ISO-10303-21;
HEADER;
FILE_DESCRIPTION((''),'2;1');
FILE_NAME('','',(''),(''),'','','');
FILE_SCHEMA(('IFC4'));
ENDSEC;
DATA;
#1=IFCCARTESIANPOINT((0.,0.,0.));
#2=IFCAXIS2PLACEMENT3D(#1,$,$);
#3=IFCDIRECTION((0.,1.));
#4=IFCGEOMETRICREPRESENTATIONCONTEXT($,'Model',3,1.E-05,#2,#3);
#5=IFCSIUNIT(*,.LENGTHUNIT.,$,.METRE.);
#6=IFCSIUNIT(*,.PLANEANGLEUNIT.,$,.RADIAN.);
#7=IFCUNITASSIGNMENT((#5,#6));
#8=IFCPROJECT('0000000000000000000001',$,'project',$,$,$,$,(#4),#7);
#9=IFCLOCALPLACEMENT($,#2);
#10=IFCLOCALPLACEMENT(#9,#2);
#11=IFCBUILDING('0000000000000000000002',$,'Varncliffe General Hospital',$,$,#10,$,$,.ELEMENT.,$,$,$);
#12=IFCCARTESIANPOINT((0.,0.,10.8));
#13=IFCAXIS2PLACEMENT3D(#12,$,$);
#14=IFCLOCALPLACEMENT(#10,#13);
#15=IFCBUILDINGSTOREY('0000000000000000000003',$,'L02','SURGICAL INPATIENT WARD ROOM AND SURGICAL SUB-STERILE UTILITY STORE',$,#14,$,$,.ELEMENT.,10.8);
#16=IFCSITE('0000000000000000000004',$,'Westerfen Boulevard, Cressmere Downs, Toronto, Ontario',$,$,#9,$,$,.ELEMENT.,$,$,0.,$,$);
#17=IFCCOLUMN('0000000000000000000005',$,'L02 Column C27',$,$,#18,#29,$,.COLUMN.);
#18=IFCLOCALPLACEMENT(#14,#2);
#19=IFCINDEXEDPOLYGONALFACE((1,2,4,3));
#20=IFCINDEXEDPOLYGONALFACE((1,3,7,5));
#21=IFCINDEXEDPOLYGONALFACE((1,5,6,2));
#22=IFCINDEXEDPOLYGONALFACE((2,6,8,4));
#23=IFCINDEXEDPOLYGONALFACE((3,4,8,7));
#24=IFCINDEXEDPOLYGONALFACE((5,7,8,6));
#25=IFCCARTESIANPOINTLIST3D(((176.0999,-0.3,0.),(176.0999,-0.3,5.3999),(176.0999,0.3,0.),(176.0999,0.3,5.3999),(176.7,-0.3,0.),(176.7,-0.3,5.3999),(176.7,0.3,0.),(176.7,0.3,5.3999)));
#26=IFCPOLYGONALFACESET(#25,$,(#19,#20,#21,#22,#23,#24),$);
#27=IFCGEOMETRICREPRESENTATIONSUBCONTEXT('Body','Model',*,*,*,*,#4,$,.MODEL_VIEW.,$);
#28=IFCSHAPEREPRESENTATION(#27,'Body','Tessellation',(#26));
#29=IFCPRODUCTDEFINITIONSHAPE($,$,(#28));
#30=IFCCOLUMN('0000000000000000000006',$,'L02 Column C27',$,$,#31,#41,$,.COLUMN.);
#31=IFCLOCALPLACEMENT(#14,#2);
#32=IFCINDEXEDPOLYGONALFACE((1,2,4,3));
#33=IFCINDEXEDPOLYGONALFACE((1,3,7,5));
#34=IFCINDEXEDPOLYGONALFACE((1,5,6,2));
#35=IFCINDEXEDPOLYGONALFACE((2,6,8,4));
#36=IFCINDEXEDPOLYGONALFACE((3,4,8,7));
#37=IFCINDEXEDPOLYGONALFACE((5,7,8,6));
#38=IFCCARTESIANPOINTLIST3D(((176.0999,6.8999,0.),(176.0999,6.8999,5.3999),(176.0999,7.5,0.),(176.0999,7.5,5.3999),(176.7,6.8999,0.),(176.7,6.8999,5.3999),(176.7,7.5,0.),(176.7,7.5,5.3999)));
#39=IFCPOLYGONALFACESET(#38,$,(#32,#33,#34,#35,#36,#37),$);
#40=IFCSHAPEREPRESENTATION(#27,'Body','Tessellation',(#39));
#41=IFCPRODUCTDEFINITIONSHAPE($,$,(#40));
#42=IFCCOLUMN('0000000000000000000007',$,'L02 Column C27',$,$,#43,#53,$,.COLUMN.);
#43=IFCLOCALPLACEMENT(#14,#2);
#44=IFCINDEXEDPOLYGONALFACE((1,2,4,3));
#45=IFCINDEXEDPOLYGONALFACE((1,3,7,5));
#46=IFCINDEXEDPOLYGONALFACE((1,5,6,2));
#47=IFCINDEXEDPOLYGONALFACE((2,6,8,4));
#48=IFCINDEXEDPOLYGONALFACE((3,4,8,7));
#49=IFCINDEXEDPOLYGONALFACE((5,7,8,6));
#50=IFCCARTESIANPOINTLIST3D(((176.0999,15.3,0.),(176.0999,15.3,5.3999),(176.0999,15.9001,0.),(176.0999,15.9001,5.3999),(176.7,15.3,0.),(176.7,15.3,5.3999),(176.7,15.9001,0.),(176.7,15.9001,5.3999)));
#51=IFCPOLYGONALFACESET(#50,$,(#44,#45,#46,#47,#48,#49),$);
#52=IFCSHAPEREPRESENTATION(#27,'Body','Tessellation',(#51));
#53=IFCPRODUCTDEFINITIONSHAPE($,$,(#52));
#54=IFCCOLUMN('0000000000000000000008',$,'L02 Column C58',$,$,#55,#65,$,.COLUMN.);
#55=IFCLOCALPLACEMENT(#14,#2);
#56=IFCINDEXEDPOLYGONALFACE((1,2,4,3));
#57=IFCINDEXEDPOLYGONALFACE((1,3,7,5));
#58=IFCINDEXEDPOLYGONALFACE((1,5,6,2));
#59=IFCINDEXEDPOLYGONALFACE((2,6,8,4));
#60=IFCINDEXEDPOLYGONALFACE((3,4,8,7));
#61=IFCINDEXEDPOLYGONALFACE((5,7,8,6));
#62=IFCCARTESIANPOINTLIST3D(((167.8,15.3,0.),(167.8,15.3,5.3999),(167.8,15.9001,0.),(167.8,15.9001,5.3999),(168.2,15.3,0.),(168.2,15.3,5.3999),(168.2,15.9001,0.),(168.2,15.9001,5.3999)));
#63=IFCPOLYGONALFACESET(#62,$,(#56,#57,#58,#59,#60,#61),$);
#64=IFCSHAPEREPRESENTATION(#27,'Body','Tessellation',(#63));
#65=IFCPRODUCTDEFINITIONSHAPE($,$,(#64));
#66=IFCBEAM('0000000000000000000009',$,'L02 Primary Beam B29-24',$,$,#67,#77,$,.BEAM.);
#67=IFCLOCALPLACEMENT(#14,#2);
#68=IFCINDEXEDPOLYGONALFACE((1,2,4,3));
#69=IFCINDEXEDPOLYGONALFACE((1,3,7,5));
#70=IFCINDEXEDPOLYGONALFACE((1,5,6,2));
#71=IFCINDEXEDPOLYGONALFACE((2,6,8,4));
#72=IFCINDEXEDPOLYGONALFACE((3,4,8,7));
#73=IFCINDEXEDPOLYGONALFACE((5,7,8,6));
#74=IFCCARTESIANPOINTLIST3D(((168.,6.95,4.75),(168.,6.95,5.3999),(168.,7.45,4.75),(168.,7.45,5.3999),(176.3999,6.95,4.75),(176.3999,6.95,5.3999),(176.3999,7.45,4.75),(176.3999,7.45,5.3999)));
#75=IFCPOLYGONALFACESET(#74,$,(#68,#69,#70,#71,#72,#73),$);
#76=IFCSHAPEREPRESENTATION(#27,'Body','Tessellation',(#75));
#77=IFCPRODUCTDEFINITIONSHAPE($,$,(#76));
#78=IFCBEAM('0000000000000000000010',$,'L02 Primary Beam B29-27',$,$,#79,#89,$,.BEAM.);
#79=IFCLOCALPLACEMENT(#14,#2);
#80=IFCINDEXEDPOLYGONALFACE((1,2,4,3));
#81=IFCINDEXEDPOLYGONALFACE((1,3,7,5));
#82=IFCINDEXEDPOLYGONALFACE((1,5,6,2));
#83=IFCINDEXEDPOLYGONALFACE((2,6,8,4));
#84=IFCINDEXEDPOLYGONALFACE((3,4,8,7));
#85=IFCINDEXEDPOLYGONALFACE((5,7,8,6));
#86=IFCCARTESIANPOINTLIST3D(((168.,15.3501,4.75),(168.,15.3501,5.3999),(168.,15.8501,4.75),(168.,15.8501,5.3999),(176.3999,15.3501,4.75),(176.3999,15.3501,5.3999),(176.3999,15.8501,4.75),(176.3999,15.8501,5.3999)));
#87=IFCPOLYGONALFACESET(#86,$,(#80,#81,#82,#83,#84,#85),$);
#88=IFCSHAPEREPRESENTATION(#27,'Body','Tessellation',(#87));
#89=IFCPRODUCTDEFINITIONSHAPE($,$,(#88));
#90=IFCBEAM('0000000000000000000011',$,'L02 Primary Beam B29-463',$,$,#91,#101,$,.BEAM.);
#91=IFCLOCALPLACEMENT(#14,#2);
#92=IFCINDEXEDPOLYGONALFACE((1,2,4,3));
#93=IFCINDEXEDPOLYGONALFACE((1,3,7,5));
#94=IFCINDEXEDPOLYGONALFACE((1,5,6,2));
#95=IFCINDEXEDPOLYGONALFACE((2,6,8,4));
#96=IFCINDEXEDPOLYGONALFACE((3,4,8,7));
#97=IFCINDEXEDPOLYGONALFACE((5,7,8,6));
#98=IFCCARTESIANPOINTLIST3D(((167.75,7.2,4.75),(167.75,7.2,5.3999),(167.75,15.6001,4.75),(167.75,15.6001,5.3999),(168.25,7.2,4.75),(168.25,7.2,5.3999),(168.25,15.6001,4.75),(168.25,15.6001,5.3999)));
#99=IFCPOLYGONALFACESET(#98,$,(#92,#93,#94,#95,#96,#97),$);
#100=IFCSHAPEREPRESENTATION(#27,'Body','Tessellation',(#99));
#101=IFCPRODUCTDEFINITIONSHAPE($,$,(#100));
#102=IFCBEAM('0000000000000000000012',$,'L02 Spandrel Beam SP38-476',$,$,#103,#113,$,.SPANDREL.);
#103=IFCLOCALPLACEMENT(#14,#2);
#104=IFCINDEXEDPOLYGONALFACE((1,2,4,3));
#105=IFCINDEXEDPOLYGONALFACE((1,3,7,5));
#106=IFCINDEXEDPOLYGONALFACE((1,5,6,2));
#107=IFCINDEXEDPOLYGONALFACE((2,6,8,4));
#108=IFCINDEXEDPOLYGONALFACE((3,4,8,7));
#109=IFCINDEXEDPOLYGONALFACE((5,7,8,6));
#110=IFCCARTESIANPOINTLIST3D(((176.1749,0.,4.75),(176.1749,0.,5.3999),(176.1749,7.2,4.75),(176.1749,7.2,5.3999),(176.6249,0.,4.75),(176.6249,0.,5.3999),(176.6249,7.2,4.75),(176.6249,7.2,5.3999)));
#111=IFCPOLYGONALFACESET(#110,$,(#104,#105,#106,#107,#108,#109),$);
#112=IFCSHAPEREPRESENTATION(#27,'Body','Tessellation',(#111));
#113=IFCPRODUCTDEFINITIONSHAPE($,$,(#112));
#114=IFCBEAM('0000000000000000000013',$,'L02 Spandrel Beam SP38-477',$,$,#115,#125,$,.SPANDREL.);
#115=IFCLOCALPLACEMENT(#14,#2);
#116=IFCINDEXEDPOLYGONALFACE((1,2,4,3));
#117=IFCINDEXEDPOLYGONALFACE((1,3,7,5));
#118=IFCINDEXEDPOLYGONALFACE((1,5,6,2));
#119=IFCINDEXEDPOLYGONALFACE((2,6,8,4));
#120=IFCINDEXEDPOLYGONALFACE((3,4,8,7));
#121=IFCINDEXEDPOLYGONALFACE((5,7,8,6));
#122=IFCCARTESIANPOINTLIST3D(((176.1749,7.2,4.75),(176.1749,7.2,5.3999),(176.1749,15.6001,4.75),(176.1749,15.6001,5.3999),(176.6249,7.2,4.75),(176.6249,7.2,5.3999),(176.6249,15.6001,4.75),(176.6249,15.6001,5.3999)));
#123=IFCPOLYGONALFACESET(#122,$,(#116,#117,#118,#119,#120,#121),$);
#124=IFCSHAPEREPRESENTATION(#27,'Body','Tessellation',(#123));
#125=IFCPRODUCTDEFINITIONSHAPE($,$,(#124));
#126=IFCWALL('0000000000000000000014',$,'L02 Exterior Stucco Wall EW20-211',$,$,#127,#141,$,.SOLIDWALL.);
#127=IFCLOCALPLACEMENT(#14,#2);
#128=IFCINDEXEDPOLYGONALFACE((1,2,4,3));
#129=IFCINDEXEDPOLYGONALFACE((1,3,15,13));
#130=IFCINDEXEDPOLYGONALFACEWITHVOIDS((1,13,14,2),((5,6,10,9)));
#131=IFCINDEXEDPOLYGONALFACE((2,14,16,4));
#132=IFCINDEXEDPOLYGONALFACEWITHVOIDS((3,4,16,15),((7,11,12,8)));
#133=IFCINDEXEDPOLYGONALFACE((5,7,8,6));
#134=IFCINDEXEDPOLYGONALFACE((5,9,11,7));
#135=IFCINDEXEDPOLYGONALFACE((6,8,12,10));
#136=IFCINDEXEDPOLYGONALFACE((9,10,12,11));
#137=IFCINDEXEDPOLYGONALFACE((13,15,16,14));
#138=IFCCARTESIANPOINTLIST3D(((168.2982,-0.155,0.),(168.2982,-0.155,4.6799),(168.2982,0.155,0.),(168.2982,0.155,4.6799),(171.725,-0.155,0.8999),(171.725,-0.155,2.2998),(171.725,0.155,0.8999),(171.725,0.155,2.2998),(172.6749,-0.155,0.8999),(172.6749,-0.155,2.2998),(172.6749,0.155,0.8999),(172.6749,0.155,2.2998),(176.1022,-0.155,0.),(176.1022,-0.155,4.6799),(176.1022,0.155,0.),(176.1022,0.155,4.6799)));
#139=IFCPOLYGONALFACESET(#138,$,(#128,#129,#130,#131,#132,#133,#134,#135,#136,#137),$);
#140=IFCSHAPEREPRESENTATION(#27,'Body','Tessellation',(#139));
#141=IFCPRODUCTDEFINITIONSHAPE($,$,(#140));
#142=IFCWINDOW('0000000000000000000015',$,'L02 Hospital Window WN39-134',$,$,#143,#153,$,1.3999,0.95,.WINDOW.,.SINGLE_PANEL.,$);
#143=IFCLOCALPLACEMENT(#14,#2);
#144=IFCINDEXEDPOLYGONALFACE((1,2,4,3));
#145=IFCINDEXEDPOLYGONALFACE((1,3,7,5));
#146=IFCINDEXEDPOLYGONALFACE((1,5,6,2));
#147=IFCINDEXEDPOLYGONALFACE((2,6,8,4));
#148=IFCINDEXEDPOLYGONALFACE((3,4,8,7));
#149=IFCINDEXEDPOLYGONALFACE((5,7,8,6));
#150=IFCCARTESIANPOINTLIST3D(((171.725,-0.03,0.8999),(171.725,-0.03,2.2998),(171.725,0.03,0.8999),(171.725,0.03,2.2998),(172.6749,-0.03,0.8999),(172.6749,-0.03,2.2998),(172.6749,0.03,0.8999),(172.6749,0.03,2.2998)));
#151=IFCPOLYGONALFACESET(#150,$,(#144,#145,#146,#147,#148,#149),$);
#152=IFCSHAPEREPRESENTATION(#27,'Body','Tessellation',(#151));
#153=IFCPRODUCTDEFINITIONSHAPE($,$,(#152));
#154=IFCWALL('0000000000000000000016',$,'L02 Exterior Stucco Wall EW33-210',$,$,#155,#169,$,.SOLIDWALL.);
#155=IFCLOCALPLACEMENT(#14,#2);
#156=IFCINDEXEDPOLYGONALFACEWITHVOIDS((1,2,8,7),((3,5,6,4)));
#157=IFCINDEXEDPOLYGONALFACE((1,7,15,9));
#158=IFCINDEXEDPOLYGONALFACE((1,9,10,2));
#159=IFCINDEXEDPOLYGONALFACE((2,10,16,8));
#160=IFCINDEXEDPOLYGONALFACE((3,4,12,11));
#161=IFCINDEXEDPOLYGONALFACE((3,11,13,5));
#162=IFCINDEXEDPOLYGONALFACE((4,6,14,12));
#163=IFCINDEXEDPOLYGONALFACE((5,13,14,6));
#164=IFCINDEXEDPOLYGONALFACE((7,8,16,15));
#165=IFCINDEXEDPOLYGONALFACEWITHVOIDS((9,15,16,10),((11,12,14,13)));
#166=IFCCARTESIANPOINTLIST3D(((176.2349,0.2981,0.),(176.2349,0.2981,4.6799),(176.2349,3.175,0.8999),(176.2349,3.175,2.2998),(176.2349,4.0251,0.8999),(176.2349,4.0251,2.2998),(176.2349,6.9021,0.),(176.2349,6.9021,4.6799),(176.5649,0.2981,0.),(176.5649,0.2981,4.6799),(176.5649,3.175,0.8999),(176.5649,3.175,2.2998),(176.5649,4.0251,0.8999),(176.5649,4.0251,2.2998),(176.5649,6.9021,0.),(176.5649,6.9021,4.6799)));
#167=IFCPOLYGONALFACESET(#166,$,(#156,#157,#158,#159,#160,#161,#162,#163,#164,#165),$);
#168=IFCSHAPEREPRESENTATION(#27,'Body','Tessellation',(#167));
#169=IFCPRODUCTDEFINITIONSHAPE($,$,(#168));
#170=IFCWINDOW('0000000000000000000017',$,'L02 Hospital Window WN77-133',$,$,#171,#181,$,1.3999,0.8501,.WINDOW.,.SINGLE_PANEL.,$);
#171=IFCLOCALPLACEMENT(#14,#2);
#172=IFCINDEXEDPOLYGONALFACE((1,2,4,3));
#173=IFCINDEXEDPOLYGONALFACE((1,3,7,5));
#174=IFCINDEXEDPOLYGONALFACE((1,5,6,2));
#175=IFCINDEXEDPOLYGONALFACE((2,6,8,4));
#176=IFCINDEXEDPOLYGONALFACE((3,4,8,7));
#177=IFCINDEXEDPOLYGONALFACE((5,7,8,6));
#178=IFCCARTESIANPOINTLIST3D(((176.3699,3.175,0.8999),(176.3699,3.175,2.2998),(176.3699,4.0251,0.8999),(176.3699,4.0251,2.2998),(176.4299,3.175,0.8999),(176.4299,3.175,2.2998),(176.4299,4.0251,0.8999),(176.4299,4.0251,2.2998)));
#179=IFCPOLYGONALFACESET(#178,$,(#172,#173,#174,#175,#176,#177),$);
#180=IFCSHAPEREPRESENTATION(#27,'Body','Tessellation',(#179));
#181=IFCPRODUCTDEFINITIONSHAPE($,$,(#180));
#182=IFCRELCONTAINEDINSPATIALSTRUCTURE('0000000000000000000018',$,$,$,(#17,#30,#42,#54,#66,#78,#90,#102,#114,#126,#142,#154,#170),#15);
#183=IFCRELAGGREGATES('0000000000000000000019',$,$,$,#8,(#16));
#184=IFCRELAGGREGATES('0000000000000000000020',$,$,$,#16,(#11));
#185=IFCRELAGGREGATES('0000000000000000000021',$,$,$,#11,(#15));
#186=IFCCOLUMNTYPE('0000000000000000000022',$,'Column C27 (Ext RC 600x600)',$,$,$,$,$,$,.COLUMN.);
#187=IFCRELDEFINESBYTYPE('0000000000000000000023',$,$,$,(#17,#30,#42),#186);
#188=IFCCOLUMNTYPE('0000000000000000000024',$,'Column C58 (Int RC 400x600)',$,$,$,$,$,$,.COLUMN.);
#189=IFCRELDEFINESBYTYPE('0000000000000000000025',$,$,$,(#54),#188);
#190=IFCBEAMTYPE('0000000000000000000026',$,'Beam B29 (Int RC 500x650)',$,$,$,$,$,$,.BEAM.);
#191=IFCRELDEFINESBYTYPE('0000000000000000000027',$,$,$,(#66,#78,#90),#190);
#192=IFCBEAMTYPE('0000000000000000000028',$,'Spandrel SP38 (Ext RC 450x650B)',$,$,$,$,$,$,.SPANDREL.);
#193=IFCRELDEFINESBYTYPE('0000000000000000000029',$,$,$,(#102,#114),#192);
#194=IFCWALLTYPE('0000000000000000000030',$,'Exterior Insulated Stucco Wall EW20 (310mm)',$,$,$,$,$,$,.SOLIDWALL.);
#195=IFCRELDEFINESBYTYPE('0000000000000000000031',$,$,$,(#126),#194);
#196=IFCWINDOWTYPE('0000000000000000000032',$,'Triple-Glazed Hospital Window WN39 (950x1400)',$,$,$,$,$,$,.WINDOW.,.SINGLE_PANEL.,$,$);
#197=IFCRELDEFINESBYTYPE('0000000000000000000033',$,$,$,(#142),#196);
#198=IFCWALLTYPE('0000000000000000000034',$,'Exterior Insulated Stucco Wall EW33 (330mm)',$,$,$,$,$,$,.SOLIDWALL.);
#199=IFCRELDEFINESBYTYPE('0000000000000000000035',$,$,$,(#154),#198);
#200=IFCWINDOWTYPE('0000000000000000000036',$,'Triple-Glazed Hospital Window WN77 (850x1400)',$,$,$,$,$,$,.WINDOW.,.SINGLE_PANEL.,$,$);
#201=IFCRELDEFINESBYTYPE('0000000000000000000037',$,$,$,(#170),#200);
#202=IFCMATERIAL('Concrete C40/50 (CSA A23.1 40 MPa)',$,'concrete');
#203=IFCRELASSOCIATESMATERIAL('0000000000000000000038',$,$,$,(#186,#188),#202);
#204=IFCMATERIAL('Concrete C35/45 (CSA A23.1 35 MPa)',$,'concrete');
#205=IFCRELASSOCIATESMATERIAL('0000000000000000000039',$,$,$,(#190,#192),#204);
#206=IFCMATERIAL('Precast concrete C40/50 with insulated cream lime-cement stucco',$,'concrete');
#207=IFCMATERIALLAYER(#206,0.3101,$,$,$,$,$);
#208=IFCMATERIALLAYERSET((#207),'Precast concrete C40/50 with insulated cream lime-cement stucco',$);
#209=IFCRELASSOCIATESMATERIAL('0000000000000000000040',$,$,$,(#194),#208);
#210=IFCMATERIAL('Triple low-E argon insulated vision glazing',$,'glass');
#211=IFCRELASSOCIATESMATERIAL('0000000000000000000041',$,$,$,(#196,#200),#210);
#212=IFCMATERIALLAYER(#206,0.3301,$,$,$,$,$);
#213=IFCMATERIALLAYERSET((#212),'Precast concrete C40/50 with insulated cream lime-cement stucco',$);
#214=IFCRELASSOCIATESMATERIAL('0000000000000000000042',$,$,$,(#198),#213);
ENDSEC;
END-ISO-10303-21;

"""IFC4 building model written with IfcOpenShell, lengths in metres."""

from ifc_helpers import new_model, si_unit, direction, frame, frame_2d, origin, origin_2d, place, context, subcontext, project, spatial, rectangle, extrude, material, layer, layer_set, material_profile, profile_set, type_object, element, fill, save


model = new_model("IFC4")

# Units and contexts
model_context = context("Model", 3, precision=1e-05, world=origin(), true_north=direction((0.0, 1.0)))
body_context = subcontext(model_context, "Body", "Model", "MODEL_VIEW")
ifc_project = project(units=[si_unit("LENGTHUNIT", "METRE"), si_unit("PLANEANGLEUNIT", "RADIAN")], contexts=[model_context])

# Site, building, storey
site_placement = place(None, origin())
site = spatial("IfcSite", under=ifc_project, at=site_placement, Name="Westerfen Boulevard, Cressmere Downs, Toronto, Ontario", CompositionType="ELEMENT", RefElevation=0.0)
building_placement = place(site_placement, origin())
building = spatial("IfcBuilding", under=site, at=building_placement, Name="Varncliffe General Hospital", CompositionType="ELEMENT")
storey_placement = place(building_placement, frame((0.0, 0.0, 10.8)))
storey = spatial("IfcBuildingStorey", under=building, at=storey_placement, Name="L02", Description="SURGICAL INPATIENT WARD ROOM AND SURGICAL SUB-STERILE UTILITY STORE", CompositionType="ELEMENT", Elevation=10.8)

# Columns
ifc_material_1 = material(Name="Concrete C40/50 (CSA A23.1 40 MPa)", Category="concrete")
ifc_material_profile_1 = material_profile(ifc_material_1, rectangle(XDim=0.6001, YDim=0.6001, at=origin_2d()), Name="RC 600x600")
ifc_profile_set_1 = profile_set([ifc_material_profile_1], Name="Concrete C40/50 (CSA A23.1 40 MPa)")
column_type_1 = type_object("IfcColumnType", Name="Column C27 (Ext RC 600x600)", PredefinedType="COLUMN", material=ifc_profile_set_1)
for number, where, z_axis, x_axis, name in (
    (1, (176.3999, 0.0, 0.0), (0.0, 0.0, 1.0), (1.0, 0.0, 0.0), "L02 Column C27"),
    (2, (176.3999, 7.2, 0.0), (0.0, 0.0, 1.0), (1.0, 0.0, 0.0), "L02 Column C27"),
    (3, (176.3999, 15.6001, 0.0), (0.0, 0.0, 1.0), (1.0, 0.0, 0.0), "L02 Column C27"),
):
    element("IfcColumn", number, at=place(storey_placement, frame(where, z_axis=z_axis, x_axis=x_axis)), inside=storey, type_object=column_type_1, Name=name, PredefinedType="COLUMN", context=body_context, shape_type="SweptSolid", body=[
        extrude(rectangle(XDim=0.6001, YDim=0.6001, at=origin_2d()), origin(), (0.0, 0.0, 1.0), 5.3999),
    ])
ifc_material_profile_2 = material_profile(ifc_material_1, rectangle(XDim=0.3999, YDim=0.6001, at=origin_2d()), Name="RC 400x600")
ifc_profile_set_2 = profile_set([ifc_material_profile_2], Name="Concrete C40/50 (CSA A23.1 40 MPa)")
column_type_2 = type_object("IfcColumnType", Name="Column C58 (Int RC 400x600)", PredefinedType="COLUMN", material=ifc_profile_set_2)
column_placement = place(storey_placement, frame((168.0, 15.6001, 0.0), z_axis=(0.0, 0.0, 1.0), x_axis=(1.0, 0.0, 0.0)))
element("IfcColumn", 4, at=column_placement, inside=storey, type_object=column_type_2, Name="L02 Column C58", PredefinedType="COLUMN", context=body_context, shape_type="SweptSolid", body=[
    extrude(rectangle(XDim=0.3999, YDim=0.6001, at=origin_2d()), origin(), (0.0, 0.0, 1.0), 5.3999),
])

# Beams
ifc_material_2 = material(Name="Concrete C35/45 (CSA A23.1 35 MPa)", Category="concrete")
ifc_material_profile_3 = material_profile(ifc_material_2, rectangle(XDim=0.5, YDim=0.6499, at=origin_2d()), Name="RC 500x650")
ifc_profile_set_3 = profile_set([ifc_material_profile_3], Name="Concrete C35/45 (CSA A23.1 35 MPa)")
beam_type_1 = type_object("IfcBeamType", Name="Beam B29 (Int RC 500x650)", PredefinedType="BEAM", material=ifc_profile_set_3)
for number, where, z_axis, x_axis, name in (
    (5, (168.0, 7.2, 5.075), (1.0, 0.0, 0.0), (0.0, 1.0, 0.0), "L02 Primary Beam B29-24"),
    (6, (168.0, 15.6001, 5.075), (1.0, 0.0, 0.0), (0.0, 1.0, 0.0), "L02 Primary Beam B29-27"),
):
    element("IfcBeam", number, at=place(storey_placement, frame(where, z_axis=z_axis, x_axis=x_axis)), inside=storey, type_object=beam_type_1, Name=name, PredefinedType="BEAM", context=body_context, shape_type="SweptSolid", body=[
        extrude(rectangle(XDim=0.5, YDim=0.6499, at=origin_2d()), origin(), (0.0, 0.0, 1.0), 8.3999),
    ])
beam_1_placement = place(storey_placement, frame((168.0, 7.2, 5.075), z_axis=(0.0, 1.0, 0.0), x_axis=(-1.0, 0.0, 0.0)))
element("IfcBeam", 7, at=beam_1_placement, inside=storey, type_object=beam_type_1, Name="L02 Primary Beam B29-463", PredefinedType="BEAM", context=body_context, shape_type="SweptSolid", body=[
    extrude(rectangle(XDim=0.5, YDim=0.6499, at=origin_2d()), origin(), (0.0, 0.0, 1.0), 8.4001),
])
ifc_material_profile_4 = material_profile(ifc_material_2, rectangle(XDim=0.45, YDim=0.6499, at=origin_2d()), Name="RC 450x650")
ifc_profile_set_4 = profile_set([ifc_material_profile_4], Name="Concrete C35/45 (CSA A23.1 35 MPa)")
beam_type_2 = type_object("IfcBeamType", Name="Spandrel SP38 (Ext RC 450x650B)", PredefinedType="SPANDREL", material=ifc_profile_set_4)
beam_2_placement = place(storey_placement, frame((176.3999, 0.0, 5.075), z_axis=(0.0, 1.0, 0.0), x_axis=(-1.0, 0.0, 0.0)))
element("IfcBeam", 8, at=beam_2_placement, inside=storey, type_object=beam_type_2, Name="L02 Spandrel Beam SP38-476", PredefinedType="SPANDREL", context=body_context, shape_type="SweptSolid", body=[
    extrude(rectangle(XDim=0.45, YDim=0.6499, at=origin_2d()), origin(), (0.0, 0.0, 1.0), 7.2),
])
beam_3_placement = place(storey_placement, frame((176.3999, 7.2, 5.075), z_axis=(0.0, 1.0, 0.0), x_axis=(-1.0, 0.0, 0.0)))
element("IfcBeam", 9, at=beam_3_placement, inside=storey, type_object=beam_type_2, Name="L02 Spandrel Beam SP38-477", PredefinedType="SPANDREL", context=body_context, shape_type="SweptSolid", body=[
    extrude(rectangle(XDim=0.45, YDim=0.6499, at=origin_2d()), origin(), (0.0, 0.0, 1.0), 8.4001),
])

# Walls, openings, windows
ifc_material_3 = material(Name="Precast concrete C40/50 with insulated cream lime-cement stucco", Category="concrete")
ifc_layer_1 = layer(ifc_material_3, 0.3101)
ifc_layer_set_1 = layer_set([ifc_layer_1], Name="Precast concrete C40/50 with insulated cream lime-cement stucco")
wall_type_1 = type_object("IfcWallType", Name="Exterior Insulated Stucco Wall EW20 (310mm)", PredefinedType="SOLIDWALL", material=ifc_layer_set_1)
wall_1_placement = place(storey_placement, frame((176.1021, 0.0, 0.0), z_axis=(0.0, 0.0, 1.0), x_axis=(-1.0, 0.0, 0.0)))
wall_1 = element("IfcWall", 10, at=wall_1_placement, inside=storey, type_object=wall_type_1, Name="L02 Exterior Stucco Wall EW20-211", PredefinedType="SOLIDWALL", context=body_context, shape_type="SweptSolid", body=[
    extrude(rectangle(XDim=7.804, YDim=0.3101, at=frame_2d((3.9019, 0.0))), origin(), (0.0, 0.0, 1.0), 4.6799),
])
opening_1_placement = place(wall_1_placement, frame((3.427, 0.0, 0.8999)))
opening_1 = element("IfcOpeningElement", 11, at=opening_1_placement, cuts=wall_1, PredefinedType="OPENING", context=body_context, shape_type="SweptSolid", body=[
    extrude(rectangle(XDim=0.95, YDim=1.3999, at=frame_2d((0.4751, 0.7))), frame((0.0, 0.165, 0.0), z_axis=(0.0, -1.0, 0.0), x_axis=(1.0, 0.0, 0.0)), (0.0, 0.0, 1.0), 0.3301),
])
ifc_material_4 = material(Name="Triple low-E argon insulated vision glazing", Category="glass")
window_type_1 = type_object("IfcWindowType", Name="Triple-Glazed Hospital Window WN39 (950x1400)", PartitioningType="SINGLE_PANEL", PredefinedType="WINDOW", material=ifc_material_4)
window_1_placement = place(opening_1_placement, origin())
window_1 = element("IfcWindow", 12, at=window_1_placement, inside=storey, type_object=window_type_1, Name="L02 Hospital Window WN39-134", OverallHeight=1.3999, OverallWidth=0.95, PartitioningType="SINGLE_PANEL", PredefinedType="WINDOW", context=body_context, shape_type="SweptSolid", body=[
    extrude(rectangle(XDim=0.95, YDim=1.3999, at=frame_2d((0.4751, 0.7))), frame((0.0, 0.03, 0.0), z_axis=(0.0, -1.0, 0.0), x_axis=(1.0, 0.0, 0.0)), (0.0, 0.0, 1.0), 0.0601),
])
fill(opening_1, window_1)
ifc_layer_2 = layer(ifc_material_3, 0.3301)
ifc_layer_set_2 = layer_set([ifc_layer_2], Name="Precast concrete C40/50 with insulated cream lime-cement stucco")
wall_type_2 = type_object("IfcWallType", Name="Exterior Insulated Stucco Wall EW33 (330mm)", PredefinedType="SOLIDWALL", material=ifc_layer_set_2)
wall_2_placement = place(storey_placement, frame((176.3999, 6.9021, 0.0), z_axis=(0.0, 0.0, 1.0), x_axis=(0.0, -1.0, 0.0)))
wall_2 = element("IfcWall", 13, at=wall_2_placement, inside=storey, type_object=wall_type_2, Name="L02 Exterior Stucco Wall EW33-210", PredefinedType="SOLIDWALL", context=body_context, shape_type="SweptSolid", body=[
    extrude(rectangle(XDim=6.604, YDim=0.3301, at=frame_2d((3.302, 0.0))), origin(), (0.0, 0.0, 1.0), 4.6799),
])
opening_2_placement = place(wall_2_placement, frame((2.877, 0.0, 0.8999)))
opening_2 = element("IfcOpeningElement", 14, at=opening_2_placement, cuts=wall_2, PredefinedType="OPENING", context=body_context, shape_type="SweptSolid", body=[
    extrude(rectangle(XDim=0.8501, YDim=1.3999, at=frame_2d((0.425, 0.7))), frame((0.0, 0.175, 0.0), z_axis=(0.0, -1.0, 0.0), x_axis=(1.0, 0.0, 0.0)), (0.0, 0.0, 1.0), 0.3501),
])
window_type_2 = type_object("IfcWindowType", Name="Triple-Glazed Hospital Window WN77 (850x1400)", PartitioningType="SINGLE_PANEL", PredefinedType="WINDOW", material=ifc_material_4)
window_2_placement = place(opening_2_placement, origin())
window_2 = element("IfcWindow", 15, at=window_2_placement, inside=storey, type_object=window_type_2, Name="L02 Hospital Window WN77-133", OverallHeight=1.3999, OverallWidth=0.8501, PartitioningType="SINGLE_PANEL", PredefinedType="WINDOW", context=body_context, shape_type="SweptSolid", body=[
    extrude(rectangle(XDim=0.8501, YDim=1.3999, at=frame_2d((0.425, 0.7))), frame((0.0, 0.03, 0.0), z_axis=(0.0, -1.0, 0.0), x_axis=(1.0, 0.0, 0.0)), (0.0, 0.0, 1.0), 0.0601),
])
fill(opening_2, window_2)

save(model, "model.ifc")
